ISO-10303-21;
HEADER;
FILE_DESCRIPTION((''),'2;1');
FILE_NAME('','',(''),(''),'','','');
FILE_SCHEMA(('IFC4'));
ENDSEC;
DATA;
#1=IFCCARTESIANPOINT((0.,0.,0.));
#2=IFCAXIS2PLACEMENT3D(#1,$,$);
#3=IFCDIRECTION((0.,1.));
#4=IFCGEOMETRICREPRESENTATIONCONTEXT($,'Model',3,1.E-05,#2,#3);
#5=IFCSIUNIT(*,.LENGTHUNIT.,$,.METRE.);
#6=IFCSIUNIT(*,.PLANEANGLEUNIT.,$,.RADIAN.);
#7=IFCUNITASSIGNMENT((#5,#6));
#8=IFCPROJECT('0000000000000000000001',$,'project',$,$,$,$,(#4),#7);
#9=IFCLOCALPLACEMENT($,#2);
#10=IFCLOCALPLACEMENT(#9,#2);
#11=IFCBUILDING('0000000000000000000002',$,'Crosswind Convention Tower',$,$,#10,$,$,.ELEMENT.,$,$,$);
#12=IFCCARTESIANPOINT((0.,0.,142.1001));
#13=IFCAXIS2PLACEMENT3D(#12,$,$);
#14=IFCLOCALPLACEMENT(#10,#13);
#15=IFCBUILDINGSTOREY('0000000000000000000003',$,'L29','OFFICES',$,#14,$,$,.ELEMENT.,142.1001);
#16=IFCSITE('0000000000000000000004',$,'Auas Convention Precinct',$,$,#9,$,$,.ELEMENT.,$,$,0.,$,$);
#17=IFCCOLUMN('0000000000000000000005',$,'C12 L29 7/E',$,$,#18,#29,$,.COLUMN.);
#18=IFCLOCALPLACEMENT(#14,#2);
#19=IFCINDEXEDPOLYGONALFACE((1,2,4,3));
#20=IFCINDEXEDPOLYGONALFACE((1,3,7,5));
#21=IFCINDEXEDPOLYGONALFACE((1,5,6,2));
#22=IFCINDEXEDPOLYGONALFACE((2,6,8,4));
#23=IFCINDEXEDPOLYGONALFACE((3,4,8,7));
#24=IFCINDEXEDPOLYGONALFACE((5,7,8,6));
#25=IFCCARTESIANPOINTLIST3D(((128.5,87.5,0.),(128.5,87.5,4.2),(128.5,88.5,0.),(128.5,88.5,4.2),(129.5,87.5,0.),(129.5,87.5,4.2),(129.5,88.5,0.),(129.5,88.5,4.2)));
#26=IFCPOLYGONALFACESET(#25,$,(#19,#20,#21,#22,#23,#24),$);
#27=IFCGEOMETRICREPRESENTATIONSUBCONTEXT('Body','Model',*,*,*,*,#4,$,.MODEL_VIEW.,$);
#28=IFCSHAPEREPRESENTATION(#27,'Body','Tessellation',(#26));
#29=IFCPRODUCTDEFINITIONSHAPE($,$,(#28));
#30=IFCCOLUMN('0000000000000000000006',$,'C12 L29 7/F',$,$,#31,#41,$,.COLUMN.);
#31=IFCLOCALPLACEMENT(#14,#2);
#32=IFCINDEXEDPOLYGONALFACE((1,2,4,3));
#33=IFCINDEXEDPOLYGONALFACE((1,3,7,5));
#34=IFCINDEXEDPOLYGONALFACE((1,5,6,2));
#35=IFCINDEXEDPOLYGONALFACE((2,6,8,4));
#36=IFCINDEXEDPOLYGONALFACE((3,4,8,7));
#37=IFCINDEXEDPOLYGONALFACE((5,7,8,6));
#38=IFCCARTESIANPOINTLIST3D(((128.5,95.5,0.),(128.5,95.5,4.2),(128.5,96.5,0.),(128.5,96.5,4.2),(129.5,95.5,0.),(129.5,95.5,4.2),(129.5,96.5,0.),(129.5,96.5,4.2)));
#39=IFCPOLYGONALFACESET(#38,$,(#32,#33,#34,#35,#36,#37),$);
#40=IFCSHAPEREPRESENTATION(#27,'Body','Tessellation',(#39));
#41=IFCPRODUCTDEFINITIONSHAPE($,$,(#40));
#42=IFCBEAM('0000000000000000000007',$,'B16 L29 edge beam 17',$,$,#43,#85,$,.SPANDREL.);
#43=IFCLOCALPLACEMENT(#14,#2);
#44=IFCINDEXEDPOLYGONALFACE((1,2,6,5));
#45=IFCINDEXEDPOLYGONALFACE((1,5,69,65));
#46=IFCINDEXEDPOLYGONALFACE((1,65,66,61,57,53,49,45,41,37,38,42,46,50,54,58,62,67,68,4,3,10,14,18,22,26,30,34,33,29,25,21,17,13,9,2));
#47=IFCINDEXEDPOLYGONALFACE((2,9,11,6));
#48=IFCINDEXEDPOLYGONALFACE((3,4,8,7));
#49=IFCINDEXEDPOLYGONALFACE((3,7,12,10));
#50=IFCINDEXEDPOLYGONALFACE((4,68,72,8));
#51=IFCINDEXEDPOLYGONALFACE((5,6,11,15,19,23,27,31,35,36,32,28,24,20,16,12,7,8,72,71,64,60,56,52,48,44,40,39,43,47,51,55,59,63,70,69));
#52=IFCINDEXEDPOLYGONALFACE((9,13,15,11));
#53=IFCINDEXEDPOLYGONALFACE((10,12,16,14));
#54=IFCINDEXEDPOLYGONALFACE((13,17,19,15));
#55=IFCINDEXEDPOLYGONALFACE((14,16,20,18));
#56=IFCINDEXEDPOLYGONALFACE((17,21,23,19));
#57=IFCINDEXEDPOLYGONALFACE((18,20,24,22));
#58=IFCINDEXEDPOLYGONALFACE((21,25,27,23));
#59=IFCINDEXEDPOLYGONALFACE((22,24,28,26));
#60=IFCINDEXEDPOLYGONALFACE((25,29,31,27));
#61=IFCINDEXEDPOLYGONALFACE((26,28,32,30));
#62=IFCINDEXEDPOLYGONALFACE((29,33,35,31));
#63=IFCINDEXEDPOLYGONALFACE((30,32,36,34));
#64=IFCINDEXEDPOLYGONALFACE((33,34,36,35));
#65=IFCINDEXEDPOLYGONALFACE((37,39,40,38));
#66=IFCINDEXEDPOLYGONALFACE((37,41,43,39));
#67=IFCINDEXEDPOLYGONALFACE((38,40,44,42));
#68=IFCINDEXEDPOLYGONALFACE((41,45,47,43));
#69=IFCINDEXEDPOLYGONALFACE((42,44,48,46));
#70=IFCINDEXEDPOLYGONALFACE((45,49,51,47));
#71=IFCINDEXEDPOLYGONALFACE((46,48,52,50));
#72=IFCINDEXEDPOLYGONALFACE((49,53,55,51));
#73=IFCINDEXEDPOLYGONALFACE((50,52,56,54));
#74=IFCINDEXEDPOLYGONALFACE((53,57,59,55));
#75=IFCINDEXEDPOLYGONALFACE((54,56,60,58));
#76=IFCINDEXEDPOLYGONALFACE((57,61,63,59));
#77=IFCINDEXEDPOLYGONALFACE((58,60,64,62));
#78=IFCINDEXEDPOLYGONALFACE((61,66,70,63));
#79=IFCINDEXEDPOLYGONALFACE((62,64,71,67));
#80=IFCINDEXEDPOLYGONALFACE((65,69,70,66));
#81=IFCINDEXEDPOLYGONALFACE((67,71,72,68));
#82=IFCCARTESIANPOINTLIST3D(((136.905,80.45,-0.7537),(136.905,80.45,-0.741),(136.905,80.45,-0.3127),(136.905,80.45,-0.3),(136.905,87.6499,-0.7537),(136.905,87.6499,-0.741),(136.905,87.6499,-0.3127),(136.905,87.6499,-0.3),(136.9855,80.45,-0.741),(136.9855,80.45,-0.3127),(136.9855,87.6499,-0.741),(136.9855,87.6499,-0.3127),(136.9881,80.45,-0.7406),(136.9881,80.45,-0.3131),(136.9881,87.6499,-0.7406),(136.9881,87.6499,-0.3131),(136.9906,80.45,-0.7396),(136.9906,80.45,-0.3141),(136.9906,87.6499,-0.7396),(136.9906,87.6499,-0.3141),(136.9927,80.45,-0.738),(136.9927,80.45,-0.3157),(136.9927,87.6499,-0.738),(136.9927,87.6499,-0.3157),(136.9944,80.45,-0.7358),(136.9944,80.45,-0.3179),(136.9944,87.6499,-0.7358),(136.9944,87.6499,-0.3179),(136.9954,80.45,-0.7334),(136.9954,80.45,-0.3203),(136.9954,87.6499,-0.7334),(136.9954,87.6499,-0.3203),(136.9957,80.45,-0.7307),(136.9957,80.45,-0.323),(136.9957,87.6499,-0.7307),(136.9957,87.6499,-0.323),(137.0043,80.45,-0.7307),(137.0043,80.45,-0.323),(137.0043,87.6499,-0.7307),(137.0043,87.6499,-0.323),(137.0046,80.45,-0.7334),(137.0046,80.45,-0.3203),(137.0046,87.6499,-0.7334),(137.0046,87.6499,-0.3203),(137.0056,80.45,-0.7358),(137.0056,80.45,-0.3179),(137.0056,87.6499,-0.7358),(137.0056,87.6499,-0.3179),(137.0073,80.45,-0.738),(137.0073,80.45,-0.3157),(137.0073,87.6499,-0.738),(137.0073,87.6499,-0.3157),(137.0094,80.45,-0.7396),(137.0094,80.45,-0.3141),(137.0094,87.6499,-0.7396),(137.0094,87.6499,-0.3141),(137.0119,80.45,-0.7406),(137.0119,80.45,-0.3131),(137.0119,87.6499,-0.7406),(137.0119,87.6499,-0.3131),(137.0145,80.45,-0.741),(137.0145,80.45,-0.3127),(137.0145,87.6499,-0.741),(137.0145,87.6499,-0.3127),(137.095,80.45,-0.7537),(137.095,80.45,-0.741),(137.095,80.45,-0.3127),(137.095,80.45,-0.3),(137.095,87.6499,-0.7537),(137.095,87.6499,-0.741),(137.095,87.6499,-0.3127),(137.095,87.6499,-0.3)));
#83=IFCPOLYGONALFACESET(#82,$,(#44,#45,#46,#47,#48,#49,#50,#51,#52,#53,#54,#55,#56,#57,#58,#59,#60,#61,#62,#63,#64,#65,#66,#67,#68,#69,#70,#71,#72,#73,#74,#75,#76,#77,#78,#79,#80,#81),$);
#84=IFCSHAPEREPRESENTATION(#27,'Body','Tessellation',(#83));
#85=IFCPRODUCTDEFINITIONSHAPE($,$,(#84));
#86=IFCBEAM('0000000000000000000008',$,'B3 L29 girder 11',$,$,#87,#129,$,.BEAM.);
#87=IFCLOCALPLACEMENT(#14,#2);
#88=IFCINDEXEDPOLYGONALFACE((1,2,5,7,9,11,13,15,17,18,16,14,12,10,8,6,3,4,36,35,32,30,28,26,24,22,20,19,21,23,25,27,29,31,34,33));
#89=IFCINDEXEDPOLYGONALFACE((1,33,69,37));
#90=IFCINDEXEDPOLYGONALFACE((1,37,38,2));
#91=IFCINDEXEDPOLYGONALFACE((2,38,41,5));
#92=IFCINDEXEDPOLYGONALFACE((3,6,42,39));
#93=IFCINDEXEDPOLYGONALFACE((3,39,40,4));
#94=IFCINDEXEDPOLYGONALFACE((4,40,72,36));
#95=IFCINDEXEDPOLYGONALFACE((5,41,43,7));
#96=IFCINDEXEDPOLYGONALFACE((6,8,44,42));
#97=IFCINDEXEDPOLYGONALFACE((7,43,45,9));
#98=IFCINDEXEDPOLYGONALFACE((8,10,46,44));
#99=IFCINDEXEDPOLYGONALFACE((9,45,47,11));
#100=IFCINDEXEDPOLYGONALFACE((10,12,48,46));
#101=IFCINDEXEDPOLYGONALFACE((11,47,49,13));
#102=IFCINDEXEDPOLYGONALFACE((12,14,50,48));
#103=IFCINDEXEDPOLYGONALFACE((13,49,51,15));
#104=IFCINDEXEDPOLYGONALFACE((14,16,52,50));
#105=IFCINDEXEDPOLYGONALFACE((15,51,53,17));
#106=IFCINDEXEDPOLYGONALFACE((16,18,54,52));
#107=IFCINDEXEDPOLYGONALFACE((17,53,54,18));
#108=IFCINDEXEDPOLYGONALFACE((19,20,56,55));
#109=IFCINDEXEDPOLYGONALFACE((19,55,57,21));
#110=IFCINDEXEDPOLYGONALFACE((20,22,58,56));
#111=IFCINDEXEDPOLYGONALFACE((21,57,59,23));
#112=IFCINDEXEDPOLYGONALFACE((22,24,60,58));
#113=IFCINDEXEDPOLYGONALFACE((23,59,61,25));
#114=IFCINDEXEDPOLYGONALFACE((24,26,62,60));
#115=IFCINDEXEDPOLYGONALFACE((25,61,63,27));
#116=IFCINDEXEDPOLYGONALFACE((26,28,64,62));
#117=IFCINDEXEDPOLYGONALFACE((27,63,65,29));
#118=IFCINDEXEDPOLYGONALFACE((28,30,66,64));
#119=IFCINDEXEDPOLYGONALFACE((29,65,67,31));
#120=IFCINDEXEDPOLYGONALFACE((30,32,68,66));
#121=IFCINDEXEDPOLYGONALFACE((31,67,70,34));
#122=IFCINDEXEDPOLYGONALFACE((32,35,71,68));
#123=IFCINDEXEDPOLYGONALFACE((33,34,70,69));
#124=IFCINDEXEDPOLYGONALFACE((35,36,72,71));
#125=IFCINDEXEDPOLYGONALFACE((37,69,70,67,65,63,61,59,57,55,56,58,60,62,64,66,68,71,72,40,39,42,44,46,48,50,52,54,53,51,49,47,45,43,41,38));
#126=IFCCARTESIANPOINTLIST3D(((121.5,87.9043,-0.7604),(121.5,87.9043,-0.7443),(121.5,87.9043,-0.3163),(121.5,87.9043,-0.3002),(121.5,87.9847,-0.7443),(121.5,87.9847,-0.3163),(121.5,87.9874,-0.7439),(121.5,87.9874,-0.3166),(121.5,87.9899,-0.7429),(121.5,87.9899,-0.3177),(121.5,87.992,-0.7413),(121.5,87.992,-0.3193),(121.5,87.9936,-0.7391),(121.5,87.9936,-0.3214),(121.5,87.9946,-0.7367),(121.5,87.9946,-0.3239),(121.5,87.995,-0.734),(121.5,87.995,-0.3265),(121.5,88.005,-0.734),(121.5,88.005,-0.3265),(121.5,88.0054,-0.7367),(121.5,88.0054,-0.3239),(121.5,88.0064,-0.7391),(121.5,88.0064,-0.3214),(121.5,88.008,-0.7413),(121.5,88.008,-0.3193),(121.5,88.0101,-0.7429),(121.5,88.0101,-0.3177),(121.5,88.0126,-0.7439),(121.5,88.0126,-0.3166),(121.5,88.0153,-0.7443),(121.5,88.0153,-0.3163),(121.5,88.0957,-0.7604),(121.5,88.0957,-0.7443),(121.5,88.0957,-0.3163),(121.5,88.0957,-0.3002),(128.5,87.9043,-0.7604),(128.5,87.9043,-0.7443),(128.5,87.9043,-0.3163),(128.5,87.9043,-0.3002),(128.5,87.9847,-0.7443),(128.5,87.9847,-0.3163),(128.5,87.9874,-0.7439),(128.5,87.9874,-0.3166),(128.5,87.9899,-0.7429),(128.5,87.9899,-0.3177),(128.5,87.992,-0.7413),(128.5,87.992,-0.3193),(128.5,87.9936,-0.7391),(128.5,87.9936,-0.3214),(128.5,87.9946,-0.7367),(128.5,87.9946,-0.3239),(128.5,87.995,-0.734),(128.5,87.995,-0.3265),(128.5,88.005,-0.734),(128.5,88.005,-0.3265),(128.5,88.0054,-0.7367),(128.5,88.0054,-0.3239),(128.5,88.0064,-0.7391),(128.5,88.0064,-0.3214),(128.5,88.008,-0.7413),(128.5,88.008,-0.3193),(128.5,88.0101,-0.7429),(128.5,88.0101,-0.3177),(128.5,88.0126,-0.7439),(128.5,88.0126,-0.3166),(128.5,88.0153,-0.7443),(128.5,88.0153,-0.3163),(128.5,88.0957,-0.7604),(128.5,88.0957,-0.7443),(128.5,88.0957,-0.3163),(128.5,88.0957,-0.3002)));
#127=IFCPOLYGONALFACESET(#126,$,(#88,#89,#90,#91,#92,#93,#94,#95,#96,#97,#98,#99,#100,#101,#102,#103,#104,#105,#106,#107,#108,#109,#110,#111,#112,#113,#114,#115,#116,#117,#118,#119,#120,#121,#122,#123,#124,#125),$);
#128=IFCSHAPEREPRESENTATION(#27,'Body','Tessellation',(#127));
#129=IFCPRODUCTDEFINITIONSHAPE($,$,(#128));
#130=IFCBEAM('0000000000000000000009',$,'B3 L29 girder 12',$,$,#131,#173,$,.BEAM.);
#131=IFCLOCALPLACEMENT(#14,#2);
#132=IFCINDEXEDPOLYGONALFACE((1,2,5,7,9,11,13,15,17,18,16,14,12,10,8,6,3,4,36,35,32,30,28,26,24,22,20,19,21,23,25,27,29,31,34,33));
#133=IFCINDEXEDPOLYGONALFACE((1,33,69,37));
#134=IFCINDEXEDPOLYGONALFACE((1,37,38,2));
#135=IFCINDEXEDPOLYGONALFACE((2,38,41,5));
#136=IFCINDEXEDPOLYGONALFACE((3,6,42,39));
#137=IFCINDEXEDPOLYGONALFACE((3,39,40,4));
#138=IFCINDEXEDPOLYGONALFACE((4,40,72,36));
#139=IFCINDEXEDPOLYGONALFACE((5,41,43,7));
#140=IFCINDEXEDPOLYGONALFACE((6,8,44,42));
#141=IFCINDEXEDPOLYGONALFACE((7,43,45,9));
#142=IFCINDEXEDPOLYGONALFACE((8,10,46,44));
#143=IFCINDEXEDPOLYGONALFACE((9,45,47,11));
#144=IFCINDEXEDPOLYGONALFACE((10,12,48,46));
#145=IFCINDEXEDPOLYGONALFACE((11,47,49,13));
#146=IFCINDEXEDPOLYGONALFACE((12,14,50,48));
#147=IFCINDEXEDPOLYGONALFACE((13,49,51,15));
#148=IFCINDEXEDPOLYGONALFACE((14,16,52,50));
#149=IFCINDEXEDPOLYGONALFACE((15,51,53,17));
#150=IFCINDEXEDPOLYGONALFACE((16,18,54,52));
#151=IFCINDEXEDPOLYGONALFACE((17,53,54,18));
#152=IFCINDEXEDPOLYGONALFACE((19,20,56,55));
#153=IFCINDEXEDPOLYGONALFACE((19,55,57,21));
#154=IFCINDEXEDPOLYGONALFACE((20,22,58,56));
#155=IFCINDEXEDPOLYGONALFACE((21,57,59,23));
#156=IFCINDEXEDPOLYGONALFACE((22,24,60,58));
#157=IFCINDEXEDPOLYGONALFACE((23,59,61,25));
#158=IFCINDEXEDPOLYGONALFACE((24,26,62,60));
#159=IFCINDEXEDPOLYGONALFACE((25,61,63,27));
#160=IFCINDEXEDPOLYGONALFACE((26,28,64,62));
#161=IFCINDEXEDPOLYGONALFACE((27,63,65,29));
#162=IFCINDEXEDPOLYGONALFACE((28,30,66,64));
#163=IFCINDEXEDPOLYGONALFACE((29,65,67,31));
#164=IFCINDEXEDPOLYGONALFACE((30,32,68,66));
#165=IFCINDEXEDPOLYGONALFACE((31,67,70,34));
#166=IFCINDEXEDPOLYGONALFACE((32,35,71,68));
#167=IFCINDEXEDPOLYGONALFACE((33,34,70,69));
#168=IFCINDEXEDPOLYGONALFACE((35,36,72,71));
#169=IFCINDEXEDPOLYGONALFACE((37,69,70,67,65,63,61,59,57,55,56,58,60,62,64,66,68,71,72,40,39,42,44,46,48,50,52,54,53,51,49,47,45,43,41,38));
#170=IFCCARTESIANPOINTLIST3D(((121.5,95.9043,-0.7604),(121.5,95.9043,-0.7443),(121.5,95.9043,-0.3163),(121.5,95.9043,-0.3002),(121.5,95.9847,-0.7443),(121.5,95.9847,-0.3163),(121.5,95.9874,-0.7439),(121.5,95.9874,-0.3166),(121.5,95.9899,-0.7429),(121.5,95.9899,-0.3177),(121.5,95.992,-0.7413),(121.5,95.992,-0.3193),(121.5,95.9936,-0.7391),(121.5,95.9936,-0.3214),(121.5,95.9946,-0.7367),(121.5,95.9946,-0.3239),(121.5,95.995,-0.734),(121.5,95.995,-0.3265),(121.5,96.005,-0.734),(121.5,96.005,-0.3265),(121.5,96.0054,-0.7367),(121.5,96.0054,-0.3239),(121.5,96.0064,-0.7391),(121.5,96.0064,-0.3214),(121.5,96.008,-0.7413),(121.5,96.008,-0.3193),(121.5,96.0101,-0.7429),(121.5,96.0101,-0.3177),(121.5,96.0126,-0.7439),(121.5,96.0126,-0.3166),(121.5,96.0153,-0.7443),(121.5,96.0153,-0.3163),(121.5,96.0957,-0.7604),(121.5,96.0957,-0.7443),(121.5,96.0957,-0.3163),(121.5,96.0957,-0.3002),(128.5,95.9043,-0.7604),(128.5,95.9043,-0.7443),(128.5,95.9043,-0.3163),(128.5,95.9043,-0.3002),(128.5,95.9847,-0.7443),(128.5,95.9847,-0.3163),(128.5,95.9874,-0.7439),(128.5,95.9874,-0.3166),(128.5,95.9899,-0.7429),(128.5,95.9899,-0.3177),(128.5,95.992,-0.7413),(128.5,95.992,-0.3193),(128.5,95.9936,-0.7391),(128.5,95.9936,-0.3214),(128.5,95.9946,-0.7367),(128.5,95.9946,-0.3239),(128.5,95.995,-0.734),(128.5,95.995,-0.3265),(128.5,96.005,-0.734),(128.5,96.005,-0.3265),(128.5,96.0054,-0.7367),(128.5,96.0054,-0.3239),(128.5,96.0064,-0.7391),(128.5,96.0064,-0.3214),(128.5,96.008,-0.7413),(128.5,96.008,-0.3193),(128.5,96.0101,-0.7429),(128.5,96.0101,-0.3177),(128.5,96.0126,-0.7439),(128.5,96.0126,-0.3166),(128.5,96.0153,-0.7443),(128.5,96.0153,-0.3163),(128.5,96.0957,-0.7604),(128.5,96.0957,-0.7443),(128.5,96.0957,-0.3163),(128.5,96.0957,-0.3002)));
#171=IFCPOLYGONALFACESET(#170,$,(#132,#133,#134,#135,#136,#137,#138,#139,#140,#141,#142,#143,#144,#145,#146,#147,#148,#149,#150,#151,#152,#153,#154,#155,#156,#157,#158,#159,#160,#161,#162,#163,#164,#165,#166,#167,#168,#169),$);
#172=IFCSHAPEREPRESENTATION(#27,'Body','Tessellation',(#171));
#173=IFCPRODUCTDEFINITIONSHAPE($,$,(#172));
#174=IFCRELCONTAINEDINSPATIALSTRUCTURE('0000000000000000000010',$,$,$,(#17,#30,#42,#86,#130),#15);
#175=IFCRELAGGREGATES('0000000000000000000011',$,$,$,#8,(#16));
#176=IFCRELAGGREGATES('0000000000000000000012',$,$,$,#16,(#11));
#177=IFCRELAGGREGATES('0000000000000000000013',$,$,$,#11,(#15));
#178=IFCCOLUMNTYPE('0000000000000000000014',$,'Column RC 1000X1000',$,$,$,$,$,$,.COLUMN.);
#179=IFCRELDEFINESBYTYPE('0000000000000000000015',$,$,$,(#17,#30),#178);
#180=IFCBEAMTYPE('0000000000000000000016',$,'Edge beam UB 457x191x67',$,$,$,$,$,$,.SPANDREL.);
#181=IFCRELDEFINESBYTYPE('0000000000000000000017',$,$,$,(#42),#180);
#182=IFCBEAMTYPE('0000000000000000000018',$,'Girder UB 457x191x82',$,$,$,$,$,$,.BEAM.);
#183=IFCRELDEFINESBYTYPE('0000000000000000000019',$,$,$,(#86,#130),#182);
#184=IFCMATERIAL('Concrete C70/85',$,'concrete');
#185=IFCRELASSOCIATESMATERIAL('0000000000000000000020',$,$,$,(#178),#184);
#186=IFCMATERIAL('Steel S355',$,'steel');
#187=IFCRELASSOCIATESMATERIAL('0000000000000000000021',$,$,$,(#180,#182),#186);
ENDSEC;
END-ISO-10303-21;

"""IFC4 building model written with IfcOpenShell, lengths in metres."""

from ifc_helpers import new_model, si_unit, direction, frame, origin, origin_2d, place, context, subcontext, project, spatial, rectangle, i_section, extrude, material, material_profile, profile_set, type_object, element, save


model = new_model("IFC4")

# Units and contexts
model_context = context("Model", 3, precision=1e-05, world=origin(), true_north=direction((0.0, 1.0)))
body_context = subcontext(model_context, "Body", "Model", "MODEL_VIEW")
ifc_project = project(units=[si_unit("LENGTHUNIT", "METRE"), si_unit("PLANEANGLEUNIT", "RADIAN")], contexts=[model_context])

# Site, building, storey
site_placement = place(None, origin())
site = spatial("IfcSite", under=ifc_project, at=site_placement, Name="Auas Convention Precinct", CompositionType="ELEMENT", RefElevation=0.0)
building_placement = place(site_placement, origin())
building = spatial("IfcBuilding", under=site, at=building_placement, Name="Crosswind Convention Tower", CompositionType="ELEMENT")
storey_placement = place(building_placement, frame((0.0, 0.0, 142.1001)))
storey = spatial("IfcBuildingStorey", under=building, at=storey_placement, Name="L29", Description="OFFICES", CompositionType="ELEMENT", Elevation=142.1001)

# Columns
ifc_material_1 = material(Name="Concrete C70/85", Category="concrete")
ifc_material_profile_1 = material_profile(ifc_material_1, rectangle(XDim=1.0, YDim=1.0, at=origin_2d()), Name="RC 1000X1000")
ifc_profile_set_1 = profile_set([ifc_material_profile_1], Name="Concrete C70/85")
column_type = type_object("IfcColumnType", Name="Column RC 1000X1000", PredefinedType="COLUMN", material=ifc_profile_set_1)
for number, where, z_axis, x_axis, name in (
    (1, (129.0, 88.0, 0.0), (0.0, 0.0, 1.0), (1.0, 0.0, 0.0), "C12 L29 7/E"),
    (2, (129.0, 96.0, 0.0), (0.0, 0.0, 1.0), (1.0, 0.0, 0.0), "C12 L29 7/F"),
):
    element("IfcColumn", number, at=place(storey_placement, frame(where, z_axis=z_axis, x_axis=x_axis)), inside=storey, type_object=column_type, Name=name, PredefinedType="COLUMN", context=body_context, shape_type="SweptSolid", body=[
        extrude(rectangle(XDim=1.0, YDim=1.0, at=origin_2d()), origin(), (0.0, 0.0, 1.0), 4.2),
    ])

# Beams
ifc_material_2 = material(Name="Steel S355", Category="steel")
ifc_material_profile_2 = material_profile(ifc_material_2, i_section(OverallWidth=0.1899, OverallDepth=0.4536, WebThickness=0.0085, FlangeThickness=0.0127, FilletRadius=0.0103, at=origin_2d()), Name="UB 457x191x67")
ifc_profile_set_2 = profile_set([ifc_material_profile_2], Name="Steel S355")
beam_type_1 = type_object("IfcBeamType", Name="Edge beam UB 457x191x67", PredefinedType="SPANDREL", material=ifc_profile_set_2)
beam_1_placement = place(storey_placement, frame((137.0, 80.45, -0.5269), z_axis=(0.0, 1.0, 0.0), x_axis=(-1.0, 0.0, 0.0)))
element("IfcBeam", 3, at=beam_1_placement, inside=storey, type_object=beam_type_1, Name="B16 L29 edge beam 17", PredefinedType="SPANDREL", context=body_context, shape_type="SweptSolid", body=[
    extrude(i_section(OverallWidth=0.1899, OverallDepth=0.4536, WebThickness=0.0085, FlangeThickness=0.0127, FilletRadius=0.0103, at=origin_2d()), origin(), (0.0, 0.0, 1.0), 7.2),
])
ifc_material_profile_3 = material_profile(ifc_material_2, i_section(OverallWidth=0.1914, OverallDepth=0.4602, WebThickness=0.01, FlangeThickness=0.0161, FilletRadius=0.0103, at=origin_2d()), Name="UB 457x191x82")
ifc_profile_set_3 = profile_set([ifc_material_profile_3], Name="Steel S355")
beam_type_2 = type_object("IfcBeamType", Name="Girder UB 457x191x82", PredefinedType="BEAM", material=ifc_profile_set_3)
for number, where, z_axis, x_axis, name in (
    (4, (121.5, 88.0, -0.5303), (1.0, 0.0, 0.0), (0.0, 1.0, 0.0), "B3 L29 girder 11"),
    (5, (121.5, 96.0, -0.5303), (1.0, 0.0, 0.0), (0.0, 1.0, 0.0), "B3 L29 girder 12"),
):
    element("IfcBeam", number, at=place(storey_placement, frame(where, z_axis=z_axis, x_axis=x_axis)), inside=storey, type_object=beam_type_2, Name=name, PredefinedType="BEAM", context=body_context, shape_type="SweptSolid", body=[
        extrude(i_section(OverallWidth=0.1914, OverallDepth=0.4602, WebThickness=0.01, FlangeThickness=0.0161, FilletRadius=0.0103, at=origin_2d()), origin(), (0.0, 0.0, 1.0), 7.0),
    ])

save(model, "model.ifc")
